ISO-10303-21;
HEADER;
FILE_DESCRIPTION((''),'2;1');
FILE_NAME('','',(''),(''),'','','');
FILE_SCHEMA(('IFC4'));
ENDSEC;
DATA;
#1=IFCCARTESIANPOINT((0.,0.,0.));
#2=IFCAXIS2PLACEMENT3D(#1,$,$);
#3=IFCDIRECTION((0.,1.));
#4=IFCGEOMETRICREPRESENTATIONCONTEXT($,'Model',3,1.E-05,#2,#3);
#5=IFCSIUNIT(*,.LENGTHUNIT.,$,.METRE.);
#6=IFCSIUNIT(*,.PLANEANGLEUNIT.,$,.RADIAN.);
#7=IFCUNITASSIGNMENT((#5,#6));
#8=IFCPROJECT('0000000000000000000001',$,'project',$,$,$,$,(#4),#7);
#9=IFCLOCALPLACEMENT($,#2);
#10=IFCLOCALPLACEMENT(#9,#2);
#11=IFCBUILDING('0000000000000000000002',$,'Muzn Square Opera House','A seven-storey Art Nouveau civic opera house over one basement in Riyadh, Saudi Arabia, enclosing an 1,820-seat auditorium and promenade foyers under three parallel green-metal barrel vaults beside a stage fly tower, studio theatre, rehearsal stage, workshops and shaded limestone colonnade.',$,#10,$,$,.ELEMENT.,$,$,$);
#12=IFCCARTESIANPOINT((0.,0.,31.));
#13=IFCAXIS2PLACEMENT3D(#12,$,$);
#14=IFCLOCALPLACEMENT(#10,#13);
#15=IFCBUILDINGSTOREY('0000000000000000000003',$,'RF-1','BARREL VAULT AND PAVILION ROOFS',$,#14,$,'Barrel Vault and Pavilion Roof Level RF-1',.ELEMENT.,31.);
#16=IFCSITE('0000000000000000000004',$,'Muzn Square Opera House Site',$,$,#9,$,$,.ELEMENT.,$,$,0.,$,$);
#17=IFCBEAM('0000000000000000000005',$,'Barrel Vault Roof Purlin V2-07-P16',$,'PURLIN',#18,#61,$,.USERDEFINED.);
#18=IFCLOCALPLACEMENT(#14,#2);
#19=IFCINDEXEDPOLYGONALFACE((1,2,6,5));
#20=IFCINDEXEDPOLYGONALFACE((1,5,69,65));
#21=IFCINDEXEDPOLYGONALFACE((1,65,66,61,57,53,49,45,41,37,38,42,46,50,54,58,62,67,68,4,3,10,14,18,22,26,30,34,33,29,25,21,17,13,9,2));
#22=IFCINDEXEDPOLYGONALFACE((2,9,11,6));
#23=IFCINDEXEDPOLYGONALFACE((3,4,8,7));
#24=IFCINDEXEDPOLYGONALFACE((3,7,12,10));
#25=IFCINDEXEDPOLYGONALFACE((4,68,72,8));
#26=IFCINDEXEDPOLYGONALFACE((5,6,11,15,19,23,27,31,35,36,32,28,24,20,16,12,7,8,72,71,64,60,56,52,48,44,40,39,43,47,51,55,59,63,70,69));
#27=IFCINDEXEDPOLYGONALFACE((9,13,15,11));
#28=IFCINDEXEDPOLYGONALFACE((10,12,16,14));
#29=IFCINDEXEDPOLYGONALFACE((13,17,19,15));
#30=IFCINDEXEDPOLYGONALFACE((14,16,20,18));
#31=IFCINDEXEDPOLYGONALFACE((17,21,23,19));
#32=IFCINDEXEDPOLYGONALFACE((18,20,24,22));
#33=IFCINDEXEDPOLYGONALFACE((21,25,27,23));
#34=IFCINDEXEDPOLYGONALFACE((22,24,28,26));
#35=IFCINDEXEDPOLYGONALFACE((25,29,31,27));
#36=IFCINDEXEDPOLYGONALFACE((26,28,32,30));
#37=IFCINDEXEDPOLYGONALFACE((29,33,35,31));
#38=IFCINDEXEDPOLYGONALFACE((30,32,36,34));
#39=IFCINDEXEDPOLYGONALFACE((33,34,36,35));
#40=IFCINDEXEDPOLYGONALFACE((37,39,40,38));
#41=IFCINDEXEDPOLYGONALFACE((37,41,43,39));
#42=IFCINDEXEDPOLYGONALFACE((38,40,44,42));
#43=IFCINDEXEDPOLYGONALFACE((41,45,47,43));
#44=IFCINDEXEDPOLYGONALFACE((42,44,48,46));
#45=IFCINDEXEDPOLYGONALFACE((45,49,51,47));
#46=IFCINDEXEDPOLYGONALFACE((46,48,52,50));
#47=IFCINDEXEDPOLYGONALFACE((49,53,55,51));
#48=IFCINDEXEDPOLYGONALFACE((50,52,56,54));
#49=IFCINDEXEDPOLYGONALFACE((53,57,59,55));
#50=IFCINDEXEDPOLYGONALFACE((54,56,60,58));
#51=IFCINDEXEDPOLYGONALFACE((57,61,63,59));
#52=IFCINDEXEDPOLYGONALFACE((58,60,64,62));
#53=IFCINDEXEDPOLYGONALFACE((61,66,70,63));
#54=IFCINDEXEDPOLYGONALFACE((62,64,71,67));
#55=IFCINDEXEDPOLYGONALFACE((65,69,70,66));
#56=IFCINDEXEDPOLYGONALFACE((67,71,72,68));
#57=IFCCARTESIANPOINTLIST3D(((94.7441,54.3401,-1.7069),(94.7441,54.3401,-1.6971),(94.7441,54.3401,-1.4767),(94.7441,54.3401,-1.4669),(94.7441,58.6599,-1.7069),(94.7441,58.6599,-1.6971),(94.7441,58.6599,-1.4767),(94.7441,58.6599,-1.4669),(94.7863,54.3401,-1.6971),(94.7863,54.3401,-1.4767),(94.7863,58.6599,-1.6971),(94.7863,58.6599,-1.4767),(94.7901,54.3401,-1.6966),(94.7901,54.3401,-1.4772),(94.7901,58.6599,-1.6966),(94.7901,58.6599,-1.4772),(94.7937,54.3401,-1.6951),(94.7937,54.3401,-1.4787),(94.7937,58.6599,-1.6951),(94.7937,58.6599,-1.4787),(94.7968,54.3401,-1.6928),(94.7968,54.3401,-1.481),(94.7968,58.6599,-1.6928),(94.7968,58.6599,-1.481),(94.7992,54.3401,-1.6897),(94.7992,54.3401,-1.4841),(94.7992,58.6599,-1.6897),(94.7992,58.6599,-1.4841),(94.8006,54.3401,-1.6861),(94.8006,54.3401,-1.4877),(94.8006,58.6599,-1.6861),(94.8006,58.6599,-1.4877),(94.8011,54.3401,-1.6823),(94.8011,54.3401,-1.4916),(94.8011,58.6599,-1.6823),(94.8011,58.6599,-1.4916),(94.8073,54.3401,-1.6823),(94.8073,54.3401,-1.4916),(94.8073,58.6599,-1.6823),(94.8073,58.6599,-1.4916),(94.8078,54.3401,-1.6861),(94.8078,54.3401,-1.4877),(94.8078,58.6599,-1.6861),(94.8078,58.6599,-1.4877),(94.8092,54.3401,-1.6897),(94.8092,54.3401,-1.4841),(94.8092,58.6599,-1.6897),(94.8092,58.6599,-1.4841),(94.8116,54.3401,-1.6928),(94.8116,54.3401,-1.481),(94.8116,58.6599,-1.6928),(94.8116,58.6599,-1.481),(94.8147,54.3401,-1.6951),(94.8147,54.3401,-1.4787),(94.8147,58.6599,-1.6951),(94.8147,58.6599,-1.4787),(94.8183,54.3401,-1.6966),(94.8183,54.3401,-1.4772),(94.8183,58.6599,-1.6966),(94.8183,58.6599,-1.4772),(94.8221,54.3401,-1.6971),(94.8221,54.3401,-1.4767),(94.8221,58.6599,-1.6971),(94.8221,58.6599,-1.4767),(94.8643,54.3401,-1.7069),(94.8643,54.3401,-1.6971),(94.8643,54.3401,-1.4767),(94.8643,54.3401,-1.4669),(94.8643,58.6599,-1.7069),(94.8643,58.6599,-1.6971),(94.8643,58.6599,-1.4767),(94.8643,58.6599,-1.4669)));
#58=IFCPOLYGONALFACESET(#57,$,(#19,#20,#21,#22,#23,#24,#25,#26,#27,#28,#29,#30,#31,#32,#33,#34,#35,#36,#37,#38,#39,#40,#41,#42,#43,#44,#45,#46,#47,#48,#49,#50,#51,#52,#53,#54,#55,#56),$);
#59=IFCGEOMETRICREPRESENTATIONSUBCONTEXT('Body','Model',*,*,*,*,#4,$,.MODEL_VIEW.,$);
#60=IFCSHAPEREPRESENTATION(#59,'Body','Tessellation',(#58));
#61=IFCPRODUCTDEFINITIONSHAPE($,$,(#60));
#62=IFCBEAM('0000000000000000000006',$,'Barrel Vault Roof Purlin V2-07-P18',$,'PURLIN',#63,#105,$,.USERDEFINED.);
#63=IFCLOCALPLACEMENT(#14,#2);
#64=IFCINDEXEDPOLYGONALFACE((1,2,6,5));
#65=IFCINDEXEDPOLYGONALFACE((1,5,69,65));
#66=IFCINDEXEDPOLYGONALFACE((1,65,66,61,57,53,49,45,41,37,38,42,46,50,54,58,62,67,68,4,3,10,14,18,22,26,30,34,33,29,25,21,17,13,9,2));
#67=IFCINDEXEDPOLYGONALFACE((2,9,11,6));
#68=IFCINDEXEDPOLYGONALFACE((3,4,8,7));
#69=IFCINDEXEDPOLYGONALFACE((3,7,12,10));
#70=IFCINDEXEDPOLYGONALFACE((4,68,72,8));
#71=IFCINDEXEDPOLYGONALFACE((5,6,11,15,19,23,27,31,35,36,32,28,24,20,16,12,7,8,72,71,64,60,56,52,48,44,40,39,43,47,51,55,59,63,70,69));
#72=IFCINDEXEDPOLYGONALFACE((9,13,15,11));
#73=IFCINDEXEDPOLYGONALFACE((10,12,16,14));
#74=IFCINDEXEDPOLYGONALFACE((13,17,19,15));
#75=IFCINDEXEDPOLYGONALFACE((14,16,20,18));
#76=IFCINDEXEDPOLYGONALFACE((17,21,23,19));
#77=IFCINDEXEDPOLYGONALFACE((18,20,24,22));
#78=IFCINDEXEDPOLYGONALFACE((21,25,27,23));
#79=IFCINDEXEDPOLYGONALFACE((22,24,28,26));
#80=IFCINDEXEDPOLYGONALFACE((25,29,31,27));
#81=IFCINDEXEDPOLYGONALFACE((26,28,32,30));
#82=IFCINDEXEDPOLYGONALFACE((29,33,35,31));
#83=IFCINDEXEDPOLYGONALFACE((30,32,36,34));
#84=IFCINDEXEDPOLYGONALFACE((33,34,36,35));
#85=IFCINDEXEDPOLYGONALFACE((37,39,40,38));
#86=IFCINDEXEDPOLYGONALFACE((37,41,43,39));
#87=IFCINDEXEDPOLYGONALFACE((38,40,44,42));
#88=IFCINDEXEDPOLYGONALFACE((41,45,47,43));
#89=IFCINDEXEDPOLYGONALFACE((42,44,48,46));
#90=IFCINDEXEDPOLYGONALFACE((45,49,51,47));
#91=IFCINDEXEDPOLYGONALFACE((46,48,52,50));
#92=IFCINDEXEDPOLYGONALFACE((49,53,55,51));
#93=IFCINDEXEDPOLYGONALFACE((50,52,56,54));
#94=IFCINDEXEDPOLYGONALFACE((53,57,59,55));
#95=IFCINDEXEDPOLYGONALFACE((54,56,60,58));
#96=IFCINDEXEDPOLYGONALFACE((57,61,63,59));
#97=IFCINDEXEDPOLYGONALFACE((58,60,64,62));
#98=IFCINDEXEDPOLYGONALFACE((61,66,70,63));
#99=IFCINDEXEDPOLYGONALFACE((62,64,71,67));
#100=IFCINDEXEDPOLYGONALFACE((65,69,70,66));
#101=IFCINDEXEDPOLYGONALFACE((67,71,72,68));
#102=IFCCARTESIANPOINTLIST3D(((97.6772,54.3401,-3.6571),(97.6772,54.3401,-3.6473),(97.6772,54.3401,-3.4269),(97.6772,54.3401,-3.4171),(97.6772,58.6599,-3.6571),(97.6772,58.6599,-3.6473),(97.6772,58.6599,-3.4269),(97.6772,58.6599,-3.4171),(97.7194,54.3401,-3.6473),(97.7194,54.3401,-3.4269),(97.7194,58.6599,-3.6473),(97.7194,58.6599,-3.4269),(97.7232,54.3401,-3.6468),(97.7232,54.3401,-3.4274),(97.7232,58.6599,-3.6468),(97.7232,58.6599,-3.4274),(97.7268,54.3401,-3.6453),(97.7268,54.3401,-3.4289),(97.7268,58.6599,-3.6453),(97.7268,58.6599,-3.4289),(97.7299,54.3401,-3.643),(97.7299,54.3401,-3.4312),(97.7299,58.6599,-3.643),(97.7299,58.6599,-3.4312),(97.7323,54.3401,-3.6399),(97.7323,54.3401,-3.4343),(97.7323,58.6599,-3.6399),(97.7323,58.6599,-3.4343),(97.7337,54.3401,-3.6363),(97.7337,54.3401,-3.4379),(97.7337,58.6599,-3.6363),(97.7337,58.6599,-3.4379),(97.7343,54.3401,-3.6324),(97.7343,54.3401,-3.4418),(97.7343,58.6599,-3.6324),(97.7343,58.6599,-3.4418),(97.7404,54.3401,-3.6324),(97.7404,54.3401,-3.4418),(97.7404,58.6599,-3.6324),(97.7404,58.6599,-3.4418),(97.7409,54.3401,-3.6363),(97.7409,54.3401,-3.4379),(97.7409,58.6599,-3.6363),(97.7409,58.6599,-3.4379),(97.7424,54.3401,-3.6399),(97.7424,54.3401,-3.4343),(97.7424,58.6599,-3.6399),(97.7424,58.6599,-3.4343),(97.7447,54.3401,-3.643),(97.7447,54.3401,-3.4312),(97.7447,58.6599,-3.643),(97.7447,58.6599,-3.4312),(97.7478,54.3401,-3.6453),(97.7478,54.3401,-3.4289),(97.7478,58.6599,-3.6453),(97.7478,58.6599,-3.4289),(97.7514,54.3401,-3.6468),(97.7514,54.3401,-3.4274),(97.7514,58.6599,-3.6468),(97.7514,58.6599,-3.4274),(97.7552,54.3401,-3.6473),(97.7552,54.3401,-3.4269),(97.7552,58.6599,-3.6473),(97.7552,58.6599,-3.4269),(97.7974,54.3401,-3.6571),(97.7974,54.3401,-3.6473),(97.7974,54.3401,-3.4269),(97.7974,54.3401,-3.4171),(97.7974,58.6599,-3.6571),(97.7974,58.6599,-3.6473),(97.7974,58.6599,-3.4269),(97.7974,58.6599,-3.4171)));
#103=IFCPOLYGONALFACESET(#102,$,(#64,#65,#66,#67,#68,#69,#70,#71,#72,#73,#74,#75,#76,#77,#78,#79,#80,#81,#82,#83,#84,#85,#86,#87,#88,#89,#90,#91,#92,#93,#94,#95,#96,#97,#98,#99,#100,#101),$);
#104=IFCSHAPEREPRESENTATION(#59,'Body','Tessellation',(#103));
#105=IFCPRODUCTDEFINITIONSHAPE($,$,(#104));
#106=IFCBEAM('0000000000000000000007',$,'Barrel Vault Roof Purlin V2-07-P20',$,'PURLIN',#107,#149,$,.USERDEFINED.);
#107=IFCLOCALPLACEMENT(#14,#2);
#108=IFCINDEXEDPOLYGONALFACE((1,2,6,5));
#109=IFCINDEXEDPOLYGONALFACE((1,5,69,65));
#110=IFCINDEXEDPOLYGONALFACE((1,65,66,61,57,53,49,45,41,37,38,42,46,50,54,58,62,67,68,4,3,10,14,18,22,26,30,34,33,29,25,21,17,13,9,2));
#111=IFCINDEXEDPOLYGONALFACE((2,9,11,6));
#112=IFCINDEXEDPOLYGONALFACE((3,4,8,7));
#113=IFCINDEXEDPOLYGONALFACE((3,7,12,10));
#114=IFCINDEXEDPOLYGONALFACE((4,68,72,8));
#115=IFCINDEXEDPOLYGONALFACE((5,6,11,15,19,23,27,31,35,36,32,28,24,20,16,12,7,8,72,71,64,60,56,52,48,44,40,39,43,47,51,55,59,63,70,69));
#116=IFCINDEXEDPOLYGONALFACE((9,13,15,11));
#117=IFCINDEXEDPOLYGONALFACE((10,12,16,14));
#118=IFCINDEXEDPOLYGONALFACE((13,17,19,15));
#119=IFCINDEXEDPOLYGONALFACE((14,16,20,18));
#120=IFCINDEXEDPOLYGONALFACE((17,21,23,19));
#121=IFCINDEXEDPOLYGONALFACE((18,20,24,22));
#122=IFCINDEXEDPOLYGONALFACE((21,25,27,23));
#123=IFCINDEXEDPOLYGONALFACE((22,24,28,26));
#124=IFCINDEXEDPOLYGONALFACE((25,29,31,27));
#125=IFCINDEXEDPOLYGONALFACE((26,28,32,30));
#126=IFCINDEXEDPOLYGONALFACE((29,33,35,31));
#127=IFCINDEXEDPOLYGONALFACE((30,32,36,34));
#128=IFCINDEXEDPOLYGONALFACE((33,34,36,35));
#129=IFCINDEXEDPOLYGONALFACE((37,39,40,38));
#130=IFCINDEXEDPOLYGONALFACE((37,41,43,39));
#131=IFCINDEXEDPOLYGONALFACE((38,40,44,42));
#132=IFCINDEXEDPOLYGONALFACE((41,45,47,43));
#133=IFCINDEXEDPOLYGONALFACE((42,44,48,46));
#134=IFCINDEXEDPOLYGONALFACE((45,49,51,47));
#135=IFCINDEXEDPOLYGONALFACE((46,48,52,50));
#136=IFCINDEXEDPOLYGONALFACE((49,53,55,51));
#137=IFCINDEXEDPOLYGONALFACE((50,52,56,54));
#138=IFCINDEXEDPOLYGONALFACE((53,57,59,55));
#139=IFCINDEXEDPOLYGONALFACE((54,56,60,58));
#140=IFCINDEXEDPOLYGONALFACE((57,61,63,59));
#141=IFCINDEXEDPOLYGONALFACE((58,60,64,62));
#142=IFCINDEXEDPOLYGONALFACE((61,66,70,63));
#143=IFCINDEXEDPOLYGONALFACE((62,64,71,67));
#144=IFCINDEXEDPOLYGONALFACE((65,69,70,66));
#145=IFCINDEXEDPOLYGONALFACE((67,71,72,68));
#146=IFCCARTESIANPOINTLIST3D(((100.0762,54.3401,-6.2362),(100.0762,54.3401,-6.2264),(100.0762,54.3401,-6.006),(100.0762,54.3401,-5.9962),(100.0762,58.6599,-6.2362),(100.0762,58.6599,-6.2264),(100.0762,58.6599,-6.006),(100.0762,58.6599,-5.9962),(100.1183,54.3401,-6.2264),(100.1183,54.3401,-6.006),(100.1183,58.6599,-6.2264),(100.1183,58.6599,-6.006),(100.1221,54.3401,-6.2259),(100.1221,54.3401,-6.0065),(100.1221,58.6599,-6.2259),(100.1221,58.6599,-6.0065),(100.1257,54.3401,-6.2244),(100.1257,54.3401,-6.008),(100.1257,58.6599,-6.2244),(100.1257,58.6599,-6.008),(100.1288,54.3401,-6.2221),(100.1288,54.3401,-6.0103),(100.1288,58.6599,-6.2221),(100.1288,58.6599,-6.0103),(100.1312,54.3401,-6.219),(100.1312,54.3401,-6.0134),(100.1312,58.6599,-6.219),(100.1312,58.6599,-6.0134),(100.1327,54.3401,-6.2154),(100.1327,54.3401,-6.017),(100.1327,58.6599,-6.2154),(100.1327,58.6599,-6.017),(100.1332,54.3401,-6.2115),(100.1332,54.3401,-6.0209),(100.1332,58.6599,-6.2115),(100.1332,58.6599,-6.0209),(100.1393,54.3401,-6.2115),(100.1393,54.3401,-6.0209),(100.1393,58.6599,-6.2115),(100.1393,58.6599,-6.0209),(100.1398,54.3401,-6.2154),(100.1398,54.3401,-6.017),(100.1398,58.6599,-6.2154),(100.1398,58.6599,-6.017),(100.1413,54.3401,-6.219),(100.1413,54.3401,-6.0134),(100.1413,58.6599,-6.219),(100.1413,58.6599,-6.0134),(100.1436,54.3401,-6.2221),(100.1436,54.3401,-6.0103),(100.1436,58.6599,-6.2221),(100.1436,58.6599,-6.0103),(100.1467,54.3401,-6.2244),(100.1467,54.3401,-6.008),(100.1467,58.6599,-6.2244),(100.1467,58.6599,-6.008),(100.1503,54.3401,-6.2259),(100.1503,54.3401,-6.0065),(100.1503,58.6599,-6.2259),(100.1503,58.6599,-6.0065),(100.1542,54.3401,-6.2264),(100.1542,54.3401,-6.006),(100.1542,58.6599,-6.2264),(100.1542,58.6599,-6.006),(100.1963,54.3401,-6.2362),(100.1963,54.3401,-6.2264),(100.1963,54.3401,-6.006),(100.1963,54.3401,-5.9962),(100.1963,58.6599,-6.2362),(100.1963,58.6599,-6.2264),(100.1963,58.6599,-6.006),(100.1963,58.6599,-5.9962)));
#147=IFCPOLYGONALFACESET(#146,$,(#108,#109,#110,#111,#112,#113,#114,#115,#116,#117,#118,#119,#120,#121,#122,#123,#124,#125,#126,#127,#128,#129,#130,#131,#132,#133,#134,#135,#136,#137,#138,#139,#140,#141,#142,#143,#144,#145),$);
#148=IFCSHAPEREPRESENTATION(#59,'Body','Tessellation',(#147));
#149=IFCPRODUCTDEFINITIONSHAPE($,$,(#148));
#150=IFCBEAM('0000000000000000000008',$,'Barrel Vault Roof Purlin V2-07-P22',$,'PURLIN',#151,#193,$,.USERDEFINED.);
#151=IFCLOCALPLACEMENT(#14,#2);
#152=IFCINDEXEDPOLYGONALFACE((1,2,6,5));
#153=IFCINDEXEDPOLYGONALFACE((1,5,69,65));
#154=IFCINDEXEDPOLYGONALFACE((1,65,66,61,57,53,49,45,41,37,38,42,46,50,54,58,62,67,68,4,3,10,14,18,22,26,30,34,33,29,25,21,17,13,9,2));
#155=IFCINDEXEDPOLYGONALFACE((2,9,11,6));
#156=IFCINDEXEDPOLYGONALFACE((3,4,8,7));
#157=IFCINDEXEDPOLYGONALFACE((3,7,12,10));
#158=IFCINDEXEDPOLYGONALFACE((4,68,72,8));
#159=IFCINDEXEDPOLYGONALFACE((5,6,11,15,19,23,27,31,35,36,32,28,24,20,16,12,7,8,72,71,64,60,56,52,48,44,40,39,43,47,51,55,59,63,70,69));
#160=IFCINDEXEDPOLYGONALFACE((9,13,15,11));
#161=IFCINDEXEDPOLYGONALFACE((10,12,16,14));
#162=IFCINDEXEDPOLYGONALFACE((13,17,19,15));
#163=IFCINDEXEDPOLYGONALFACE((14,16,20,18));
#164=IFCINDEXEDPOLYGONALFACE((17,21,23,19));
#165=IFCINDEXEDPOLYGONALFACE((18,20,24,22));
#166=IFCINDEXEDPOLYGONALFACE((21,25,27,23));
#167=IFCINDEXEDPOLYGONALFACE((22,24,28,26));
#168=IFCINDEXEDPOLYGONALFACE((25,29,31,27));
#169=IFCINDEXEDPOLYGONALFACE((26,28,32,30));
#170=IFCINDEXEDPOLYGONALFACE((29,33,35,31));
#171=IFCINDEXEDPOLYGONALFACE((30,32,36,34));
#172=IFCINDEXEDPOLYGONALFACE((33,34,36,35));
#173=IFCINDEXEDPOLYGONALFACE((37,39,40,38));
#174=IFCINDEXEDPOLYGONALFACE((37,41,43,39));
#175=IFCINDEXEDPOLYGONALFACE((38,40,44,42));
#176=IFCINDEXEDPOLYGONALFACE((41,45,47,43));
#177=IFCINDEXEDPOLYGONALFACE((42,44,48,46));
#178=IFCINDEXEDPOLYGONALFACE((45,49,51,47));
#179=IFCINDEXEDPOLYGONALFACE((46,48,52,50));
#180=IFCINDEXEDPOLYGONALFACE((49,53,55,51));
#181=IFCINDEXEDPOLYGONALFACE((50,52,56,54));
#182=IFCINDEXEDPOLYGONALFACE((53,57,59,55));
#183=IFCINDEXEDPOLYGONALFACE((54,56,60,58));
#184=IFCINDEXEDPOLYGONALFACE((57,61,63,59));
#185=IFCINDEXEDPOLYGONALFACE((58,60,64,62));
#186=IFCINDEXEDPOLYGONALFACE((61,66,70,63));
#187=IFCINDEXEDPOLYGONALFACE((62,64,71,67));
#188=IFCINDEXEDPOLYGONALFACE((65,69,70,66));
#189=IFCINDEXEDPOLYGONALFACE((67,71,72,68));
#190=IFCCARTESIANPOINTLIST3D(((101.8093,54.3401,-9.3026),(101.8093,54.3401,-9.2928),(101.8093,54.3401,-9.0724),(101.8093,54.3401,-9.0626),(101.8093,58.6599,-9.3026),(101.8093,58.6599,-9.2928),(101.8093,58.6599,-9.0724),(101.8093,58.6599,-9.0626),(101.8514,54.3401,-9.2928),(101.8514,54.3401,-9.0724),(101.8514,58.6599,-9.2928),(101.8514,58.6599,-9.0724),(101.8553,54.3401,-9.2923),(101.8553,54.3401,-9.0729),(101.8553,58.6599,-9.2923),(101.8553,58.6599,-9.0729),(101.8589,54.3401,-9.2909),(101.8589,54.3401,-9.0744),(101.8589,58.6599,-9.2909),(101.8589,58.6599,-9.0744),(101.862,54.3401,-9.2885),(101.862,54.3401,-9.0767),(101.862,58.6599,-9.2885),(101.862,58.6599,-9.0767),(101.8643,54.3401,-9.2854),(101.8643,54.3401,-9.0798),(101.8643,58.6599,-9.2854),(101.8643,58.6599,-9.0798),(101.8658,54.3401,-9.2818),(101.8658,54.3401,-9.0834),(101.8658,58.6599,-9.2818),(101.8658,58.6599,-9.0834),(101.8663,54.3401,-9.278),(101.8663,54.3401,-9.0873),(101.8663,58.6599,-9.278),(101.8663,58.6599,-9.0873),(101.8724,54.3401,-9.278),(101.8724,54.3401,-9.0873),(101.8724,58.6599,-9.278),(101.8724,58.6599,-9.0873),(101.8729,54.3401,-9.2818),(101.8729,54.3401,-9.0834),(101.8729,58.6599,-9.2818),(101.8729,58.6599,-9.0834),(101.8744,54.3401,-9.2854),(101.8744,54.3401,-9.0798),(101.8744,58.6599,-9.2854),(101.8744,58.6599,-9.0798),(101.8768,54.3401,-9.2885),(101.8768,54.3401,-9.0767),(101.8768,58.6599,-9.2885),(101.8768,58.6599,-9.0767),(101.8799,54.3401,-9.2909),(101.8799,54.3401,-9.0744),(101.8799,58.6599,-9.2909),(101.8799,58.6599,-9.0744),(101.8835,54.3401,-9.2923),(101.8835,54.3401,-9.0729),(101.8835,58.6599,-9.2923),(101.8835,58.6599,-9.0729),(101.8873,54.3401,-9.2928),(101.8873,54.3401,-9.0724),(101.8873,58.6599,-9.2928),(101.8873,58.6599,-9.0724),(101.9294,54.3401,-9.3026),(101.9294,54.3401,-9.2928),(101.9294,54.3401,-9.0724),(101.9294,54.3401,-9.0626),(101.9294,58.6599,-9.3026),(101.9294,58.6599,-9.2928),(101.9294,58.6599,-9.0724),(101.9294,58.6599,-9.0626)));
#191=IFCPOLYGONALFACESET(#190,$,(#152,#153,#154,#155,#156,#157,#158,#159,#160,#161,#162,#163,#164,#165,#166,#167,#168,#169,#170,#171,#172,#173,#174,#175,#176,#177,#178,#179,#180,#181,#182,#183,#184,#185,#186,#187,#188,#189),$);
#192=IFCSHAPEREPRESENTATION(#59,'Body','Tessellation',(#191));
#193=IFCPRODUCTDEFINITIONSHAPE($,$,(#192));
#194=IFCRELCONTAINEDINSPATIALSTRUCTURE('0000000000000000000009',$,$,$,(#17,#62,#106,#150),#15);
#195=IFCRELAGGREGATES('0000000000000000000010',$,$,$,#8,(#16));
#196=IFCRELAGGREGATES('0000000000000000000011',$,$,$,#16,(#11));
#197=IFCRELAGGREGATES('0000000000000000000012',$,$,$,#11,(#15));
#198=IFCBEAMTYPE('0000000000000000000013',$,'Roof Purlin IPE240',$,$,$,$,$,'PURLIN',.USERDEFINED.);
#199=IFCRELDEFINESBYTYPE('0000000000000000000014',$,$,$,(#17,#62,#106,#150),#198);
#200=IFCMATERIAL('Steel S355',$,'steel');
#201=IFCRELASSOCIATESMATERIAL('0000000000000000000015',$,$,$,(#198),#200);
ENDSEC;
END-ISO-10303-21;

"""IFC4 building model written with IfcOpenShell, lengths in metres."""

from ifc_helpers import new_model, si_unit, direction, frame, origin, origin_2d, place, context, subcontext, project, spatial, i_section, extrude, material, material_profile, profile_set, type_object, element, save


model = new_model("IFC4")

# Units and contexts
model_context = context("Model", 3, precision=1e-05, world=origin(), true_north=direction((0.0, 1.0)))
body_context = subcontext(model_context, "Body", "Model", "MODEL_VIEW")
ifc_project = project(units=[si_unit("LENGTHUNIT", "METRE"), si_unit("PLANEANGLEUNIT", "RADIAN")], contexts=[model_context])

# Site, building, storey
site_placement = place(None, origin())
site = spatial("IfcSite", under=ifc_project, at=site_placement, Name="Muzn Square Opera House Site", CompositionType="ELEMENT", RefElevation=0.0)
building_placement = place(site_placement, origin())
building = spatial("IfcBuilding", under=site, at=building_placement, Name="Muzn Square Opera House", Description="A seven-storey Art Nouveau civic opera house over one basement in Riyadh, Saudi Arabia, enclosing an 1,820-seat auditorium and promenade foyers under three parallel green-metal barrel vaults beside a stage fly tower, studio theatre, rehearsal stage, workshops and shaded limestone colonnade.", CompositionType="ELEMENT")
storey_placement = place(building_placement, frame((0.0, 0.0, 31.0)))
storey = spatial("IfcBuildingStorey", under=building, at=storey_placement, Name="RF-1", Description="BARREL VAULT AND PAVILION ROOFS", LongName="Barrel Vault and Pavilion Roof Level RF-1", CompositionType="ELEMENT", Elevation=31.0)

# Beams
ifc_material_1 = material(Name="Steel S355", Category="steel")
ifc_material_profile_1 = material_profile(ifc_material_1, i_section(OverallWidth=0.1201, OverallDepth=0.24, WebThickness=0.0061, FlangeThickness=0.0098, FilletRadius=0.0149, at=origin_2d()), Name="IPE 240", Category="steel")
ifc_profile_set_1 = profile_set([ifc_material_profile_1], Name="Steel S355")
beam_type_1 = type_object("IfcBeamType", Name="Roof Purlin IPE240", ElementType="PURLIN", PredefinedType="USERDEFINED", material=ifc_profile_set_1)
for number, where, z_axis, x_axis, name in (
    (1, (94.8042, 54.3401, -1.5869), (0.0, 1.0, 0.0), (-1.0, 0.0, 0.0), "Barrel Vault Roof Purlin V2-07-P16"),
    (2, (97.7373, 54.3401, -3.5371), (0.0, 1.0, 0.0), (-1.0, 0.0, 0.0), "Barrel Vault Roof Purlin V2-07-P18"),
    (3, (100.1362, 54.3401, -6.1162), (0.0, 1.0, 0.0), (-1.0, 0.0, 0.0), "Barrel Vault Roof Purlin V2-07-P20"),
    (4, (101.8694, 54.3401, -9.1826), (0.0, 1.0, 0.0), (-1.0, 0.0, 0.0), "Barrel Vault Roof Purlin V2-07-P22"),
):
    element("IfcBeam", number, at=place(storey_placement, frame(where, z_axis=z_axis, x_axis=x_axis)), inside=storey, type_object=beam_type_1, Name=name, ObjectType="PURLIN", PredefinedType="USERDEFINED", context=body_context, shape_type="SweptSolid", body=[
        extrude(i_section(OverallWidth=0.1201, OverallDepth=0.24, WebThickness=0.0061, FlangeThickness=0.0098, FilletRadius=0.0149, at=origin_2d()), origin(), (0.0, 0.0, 1.0), 4.3198),
    ])

save(model, "model.ifc")
